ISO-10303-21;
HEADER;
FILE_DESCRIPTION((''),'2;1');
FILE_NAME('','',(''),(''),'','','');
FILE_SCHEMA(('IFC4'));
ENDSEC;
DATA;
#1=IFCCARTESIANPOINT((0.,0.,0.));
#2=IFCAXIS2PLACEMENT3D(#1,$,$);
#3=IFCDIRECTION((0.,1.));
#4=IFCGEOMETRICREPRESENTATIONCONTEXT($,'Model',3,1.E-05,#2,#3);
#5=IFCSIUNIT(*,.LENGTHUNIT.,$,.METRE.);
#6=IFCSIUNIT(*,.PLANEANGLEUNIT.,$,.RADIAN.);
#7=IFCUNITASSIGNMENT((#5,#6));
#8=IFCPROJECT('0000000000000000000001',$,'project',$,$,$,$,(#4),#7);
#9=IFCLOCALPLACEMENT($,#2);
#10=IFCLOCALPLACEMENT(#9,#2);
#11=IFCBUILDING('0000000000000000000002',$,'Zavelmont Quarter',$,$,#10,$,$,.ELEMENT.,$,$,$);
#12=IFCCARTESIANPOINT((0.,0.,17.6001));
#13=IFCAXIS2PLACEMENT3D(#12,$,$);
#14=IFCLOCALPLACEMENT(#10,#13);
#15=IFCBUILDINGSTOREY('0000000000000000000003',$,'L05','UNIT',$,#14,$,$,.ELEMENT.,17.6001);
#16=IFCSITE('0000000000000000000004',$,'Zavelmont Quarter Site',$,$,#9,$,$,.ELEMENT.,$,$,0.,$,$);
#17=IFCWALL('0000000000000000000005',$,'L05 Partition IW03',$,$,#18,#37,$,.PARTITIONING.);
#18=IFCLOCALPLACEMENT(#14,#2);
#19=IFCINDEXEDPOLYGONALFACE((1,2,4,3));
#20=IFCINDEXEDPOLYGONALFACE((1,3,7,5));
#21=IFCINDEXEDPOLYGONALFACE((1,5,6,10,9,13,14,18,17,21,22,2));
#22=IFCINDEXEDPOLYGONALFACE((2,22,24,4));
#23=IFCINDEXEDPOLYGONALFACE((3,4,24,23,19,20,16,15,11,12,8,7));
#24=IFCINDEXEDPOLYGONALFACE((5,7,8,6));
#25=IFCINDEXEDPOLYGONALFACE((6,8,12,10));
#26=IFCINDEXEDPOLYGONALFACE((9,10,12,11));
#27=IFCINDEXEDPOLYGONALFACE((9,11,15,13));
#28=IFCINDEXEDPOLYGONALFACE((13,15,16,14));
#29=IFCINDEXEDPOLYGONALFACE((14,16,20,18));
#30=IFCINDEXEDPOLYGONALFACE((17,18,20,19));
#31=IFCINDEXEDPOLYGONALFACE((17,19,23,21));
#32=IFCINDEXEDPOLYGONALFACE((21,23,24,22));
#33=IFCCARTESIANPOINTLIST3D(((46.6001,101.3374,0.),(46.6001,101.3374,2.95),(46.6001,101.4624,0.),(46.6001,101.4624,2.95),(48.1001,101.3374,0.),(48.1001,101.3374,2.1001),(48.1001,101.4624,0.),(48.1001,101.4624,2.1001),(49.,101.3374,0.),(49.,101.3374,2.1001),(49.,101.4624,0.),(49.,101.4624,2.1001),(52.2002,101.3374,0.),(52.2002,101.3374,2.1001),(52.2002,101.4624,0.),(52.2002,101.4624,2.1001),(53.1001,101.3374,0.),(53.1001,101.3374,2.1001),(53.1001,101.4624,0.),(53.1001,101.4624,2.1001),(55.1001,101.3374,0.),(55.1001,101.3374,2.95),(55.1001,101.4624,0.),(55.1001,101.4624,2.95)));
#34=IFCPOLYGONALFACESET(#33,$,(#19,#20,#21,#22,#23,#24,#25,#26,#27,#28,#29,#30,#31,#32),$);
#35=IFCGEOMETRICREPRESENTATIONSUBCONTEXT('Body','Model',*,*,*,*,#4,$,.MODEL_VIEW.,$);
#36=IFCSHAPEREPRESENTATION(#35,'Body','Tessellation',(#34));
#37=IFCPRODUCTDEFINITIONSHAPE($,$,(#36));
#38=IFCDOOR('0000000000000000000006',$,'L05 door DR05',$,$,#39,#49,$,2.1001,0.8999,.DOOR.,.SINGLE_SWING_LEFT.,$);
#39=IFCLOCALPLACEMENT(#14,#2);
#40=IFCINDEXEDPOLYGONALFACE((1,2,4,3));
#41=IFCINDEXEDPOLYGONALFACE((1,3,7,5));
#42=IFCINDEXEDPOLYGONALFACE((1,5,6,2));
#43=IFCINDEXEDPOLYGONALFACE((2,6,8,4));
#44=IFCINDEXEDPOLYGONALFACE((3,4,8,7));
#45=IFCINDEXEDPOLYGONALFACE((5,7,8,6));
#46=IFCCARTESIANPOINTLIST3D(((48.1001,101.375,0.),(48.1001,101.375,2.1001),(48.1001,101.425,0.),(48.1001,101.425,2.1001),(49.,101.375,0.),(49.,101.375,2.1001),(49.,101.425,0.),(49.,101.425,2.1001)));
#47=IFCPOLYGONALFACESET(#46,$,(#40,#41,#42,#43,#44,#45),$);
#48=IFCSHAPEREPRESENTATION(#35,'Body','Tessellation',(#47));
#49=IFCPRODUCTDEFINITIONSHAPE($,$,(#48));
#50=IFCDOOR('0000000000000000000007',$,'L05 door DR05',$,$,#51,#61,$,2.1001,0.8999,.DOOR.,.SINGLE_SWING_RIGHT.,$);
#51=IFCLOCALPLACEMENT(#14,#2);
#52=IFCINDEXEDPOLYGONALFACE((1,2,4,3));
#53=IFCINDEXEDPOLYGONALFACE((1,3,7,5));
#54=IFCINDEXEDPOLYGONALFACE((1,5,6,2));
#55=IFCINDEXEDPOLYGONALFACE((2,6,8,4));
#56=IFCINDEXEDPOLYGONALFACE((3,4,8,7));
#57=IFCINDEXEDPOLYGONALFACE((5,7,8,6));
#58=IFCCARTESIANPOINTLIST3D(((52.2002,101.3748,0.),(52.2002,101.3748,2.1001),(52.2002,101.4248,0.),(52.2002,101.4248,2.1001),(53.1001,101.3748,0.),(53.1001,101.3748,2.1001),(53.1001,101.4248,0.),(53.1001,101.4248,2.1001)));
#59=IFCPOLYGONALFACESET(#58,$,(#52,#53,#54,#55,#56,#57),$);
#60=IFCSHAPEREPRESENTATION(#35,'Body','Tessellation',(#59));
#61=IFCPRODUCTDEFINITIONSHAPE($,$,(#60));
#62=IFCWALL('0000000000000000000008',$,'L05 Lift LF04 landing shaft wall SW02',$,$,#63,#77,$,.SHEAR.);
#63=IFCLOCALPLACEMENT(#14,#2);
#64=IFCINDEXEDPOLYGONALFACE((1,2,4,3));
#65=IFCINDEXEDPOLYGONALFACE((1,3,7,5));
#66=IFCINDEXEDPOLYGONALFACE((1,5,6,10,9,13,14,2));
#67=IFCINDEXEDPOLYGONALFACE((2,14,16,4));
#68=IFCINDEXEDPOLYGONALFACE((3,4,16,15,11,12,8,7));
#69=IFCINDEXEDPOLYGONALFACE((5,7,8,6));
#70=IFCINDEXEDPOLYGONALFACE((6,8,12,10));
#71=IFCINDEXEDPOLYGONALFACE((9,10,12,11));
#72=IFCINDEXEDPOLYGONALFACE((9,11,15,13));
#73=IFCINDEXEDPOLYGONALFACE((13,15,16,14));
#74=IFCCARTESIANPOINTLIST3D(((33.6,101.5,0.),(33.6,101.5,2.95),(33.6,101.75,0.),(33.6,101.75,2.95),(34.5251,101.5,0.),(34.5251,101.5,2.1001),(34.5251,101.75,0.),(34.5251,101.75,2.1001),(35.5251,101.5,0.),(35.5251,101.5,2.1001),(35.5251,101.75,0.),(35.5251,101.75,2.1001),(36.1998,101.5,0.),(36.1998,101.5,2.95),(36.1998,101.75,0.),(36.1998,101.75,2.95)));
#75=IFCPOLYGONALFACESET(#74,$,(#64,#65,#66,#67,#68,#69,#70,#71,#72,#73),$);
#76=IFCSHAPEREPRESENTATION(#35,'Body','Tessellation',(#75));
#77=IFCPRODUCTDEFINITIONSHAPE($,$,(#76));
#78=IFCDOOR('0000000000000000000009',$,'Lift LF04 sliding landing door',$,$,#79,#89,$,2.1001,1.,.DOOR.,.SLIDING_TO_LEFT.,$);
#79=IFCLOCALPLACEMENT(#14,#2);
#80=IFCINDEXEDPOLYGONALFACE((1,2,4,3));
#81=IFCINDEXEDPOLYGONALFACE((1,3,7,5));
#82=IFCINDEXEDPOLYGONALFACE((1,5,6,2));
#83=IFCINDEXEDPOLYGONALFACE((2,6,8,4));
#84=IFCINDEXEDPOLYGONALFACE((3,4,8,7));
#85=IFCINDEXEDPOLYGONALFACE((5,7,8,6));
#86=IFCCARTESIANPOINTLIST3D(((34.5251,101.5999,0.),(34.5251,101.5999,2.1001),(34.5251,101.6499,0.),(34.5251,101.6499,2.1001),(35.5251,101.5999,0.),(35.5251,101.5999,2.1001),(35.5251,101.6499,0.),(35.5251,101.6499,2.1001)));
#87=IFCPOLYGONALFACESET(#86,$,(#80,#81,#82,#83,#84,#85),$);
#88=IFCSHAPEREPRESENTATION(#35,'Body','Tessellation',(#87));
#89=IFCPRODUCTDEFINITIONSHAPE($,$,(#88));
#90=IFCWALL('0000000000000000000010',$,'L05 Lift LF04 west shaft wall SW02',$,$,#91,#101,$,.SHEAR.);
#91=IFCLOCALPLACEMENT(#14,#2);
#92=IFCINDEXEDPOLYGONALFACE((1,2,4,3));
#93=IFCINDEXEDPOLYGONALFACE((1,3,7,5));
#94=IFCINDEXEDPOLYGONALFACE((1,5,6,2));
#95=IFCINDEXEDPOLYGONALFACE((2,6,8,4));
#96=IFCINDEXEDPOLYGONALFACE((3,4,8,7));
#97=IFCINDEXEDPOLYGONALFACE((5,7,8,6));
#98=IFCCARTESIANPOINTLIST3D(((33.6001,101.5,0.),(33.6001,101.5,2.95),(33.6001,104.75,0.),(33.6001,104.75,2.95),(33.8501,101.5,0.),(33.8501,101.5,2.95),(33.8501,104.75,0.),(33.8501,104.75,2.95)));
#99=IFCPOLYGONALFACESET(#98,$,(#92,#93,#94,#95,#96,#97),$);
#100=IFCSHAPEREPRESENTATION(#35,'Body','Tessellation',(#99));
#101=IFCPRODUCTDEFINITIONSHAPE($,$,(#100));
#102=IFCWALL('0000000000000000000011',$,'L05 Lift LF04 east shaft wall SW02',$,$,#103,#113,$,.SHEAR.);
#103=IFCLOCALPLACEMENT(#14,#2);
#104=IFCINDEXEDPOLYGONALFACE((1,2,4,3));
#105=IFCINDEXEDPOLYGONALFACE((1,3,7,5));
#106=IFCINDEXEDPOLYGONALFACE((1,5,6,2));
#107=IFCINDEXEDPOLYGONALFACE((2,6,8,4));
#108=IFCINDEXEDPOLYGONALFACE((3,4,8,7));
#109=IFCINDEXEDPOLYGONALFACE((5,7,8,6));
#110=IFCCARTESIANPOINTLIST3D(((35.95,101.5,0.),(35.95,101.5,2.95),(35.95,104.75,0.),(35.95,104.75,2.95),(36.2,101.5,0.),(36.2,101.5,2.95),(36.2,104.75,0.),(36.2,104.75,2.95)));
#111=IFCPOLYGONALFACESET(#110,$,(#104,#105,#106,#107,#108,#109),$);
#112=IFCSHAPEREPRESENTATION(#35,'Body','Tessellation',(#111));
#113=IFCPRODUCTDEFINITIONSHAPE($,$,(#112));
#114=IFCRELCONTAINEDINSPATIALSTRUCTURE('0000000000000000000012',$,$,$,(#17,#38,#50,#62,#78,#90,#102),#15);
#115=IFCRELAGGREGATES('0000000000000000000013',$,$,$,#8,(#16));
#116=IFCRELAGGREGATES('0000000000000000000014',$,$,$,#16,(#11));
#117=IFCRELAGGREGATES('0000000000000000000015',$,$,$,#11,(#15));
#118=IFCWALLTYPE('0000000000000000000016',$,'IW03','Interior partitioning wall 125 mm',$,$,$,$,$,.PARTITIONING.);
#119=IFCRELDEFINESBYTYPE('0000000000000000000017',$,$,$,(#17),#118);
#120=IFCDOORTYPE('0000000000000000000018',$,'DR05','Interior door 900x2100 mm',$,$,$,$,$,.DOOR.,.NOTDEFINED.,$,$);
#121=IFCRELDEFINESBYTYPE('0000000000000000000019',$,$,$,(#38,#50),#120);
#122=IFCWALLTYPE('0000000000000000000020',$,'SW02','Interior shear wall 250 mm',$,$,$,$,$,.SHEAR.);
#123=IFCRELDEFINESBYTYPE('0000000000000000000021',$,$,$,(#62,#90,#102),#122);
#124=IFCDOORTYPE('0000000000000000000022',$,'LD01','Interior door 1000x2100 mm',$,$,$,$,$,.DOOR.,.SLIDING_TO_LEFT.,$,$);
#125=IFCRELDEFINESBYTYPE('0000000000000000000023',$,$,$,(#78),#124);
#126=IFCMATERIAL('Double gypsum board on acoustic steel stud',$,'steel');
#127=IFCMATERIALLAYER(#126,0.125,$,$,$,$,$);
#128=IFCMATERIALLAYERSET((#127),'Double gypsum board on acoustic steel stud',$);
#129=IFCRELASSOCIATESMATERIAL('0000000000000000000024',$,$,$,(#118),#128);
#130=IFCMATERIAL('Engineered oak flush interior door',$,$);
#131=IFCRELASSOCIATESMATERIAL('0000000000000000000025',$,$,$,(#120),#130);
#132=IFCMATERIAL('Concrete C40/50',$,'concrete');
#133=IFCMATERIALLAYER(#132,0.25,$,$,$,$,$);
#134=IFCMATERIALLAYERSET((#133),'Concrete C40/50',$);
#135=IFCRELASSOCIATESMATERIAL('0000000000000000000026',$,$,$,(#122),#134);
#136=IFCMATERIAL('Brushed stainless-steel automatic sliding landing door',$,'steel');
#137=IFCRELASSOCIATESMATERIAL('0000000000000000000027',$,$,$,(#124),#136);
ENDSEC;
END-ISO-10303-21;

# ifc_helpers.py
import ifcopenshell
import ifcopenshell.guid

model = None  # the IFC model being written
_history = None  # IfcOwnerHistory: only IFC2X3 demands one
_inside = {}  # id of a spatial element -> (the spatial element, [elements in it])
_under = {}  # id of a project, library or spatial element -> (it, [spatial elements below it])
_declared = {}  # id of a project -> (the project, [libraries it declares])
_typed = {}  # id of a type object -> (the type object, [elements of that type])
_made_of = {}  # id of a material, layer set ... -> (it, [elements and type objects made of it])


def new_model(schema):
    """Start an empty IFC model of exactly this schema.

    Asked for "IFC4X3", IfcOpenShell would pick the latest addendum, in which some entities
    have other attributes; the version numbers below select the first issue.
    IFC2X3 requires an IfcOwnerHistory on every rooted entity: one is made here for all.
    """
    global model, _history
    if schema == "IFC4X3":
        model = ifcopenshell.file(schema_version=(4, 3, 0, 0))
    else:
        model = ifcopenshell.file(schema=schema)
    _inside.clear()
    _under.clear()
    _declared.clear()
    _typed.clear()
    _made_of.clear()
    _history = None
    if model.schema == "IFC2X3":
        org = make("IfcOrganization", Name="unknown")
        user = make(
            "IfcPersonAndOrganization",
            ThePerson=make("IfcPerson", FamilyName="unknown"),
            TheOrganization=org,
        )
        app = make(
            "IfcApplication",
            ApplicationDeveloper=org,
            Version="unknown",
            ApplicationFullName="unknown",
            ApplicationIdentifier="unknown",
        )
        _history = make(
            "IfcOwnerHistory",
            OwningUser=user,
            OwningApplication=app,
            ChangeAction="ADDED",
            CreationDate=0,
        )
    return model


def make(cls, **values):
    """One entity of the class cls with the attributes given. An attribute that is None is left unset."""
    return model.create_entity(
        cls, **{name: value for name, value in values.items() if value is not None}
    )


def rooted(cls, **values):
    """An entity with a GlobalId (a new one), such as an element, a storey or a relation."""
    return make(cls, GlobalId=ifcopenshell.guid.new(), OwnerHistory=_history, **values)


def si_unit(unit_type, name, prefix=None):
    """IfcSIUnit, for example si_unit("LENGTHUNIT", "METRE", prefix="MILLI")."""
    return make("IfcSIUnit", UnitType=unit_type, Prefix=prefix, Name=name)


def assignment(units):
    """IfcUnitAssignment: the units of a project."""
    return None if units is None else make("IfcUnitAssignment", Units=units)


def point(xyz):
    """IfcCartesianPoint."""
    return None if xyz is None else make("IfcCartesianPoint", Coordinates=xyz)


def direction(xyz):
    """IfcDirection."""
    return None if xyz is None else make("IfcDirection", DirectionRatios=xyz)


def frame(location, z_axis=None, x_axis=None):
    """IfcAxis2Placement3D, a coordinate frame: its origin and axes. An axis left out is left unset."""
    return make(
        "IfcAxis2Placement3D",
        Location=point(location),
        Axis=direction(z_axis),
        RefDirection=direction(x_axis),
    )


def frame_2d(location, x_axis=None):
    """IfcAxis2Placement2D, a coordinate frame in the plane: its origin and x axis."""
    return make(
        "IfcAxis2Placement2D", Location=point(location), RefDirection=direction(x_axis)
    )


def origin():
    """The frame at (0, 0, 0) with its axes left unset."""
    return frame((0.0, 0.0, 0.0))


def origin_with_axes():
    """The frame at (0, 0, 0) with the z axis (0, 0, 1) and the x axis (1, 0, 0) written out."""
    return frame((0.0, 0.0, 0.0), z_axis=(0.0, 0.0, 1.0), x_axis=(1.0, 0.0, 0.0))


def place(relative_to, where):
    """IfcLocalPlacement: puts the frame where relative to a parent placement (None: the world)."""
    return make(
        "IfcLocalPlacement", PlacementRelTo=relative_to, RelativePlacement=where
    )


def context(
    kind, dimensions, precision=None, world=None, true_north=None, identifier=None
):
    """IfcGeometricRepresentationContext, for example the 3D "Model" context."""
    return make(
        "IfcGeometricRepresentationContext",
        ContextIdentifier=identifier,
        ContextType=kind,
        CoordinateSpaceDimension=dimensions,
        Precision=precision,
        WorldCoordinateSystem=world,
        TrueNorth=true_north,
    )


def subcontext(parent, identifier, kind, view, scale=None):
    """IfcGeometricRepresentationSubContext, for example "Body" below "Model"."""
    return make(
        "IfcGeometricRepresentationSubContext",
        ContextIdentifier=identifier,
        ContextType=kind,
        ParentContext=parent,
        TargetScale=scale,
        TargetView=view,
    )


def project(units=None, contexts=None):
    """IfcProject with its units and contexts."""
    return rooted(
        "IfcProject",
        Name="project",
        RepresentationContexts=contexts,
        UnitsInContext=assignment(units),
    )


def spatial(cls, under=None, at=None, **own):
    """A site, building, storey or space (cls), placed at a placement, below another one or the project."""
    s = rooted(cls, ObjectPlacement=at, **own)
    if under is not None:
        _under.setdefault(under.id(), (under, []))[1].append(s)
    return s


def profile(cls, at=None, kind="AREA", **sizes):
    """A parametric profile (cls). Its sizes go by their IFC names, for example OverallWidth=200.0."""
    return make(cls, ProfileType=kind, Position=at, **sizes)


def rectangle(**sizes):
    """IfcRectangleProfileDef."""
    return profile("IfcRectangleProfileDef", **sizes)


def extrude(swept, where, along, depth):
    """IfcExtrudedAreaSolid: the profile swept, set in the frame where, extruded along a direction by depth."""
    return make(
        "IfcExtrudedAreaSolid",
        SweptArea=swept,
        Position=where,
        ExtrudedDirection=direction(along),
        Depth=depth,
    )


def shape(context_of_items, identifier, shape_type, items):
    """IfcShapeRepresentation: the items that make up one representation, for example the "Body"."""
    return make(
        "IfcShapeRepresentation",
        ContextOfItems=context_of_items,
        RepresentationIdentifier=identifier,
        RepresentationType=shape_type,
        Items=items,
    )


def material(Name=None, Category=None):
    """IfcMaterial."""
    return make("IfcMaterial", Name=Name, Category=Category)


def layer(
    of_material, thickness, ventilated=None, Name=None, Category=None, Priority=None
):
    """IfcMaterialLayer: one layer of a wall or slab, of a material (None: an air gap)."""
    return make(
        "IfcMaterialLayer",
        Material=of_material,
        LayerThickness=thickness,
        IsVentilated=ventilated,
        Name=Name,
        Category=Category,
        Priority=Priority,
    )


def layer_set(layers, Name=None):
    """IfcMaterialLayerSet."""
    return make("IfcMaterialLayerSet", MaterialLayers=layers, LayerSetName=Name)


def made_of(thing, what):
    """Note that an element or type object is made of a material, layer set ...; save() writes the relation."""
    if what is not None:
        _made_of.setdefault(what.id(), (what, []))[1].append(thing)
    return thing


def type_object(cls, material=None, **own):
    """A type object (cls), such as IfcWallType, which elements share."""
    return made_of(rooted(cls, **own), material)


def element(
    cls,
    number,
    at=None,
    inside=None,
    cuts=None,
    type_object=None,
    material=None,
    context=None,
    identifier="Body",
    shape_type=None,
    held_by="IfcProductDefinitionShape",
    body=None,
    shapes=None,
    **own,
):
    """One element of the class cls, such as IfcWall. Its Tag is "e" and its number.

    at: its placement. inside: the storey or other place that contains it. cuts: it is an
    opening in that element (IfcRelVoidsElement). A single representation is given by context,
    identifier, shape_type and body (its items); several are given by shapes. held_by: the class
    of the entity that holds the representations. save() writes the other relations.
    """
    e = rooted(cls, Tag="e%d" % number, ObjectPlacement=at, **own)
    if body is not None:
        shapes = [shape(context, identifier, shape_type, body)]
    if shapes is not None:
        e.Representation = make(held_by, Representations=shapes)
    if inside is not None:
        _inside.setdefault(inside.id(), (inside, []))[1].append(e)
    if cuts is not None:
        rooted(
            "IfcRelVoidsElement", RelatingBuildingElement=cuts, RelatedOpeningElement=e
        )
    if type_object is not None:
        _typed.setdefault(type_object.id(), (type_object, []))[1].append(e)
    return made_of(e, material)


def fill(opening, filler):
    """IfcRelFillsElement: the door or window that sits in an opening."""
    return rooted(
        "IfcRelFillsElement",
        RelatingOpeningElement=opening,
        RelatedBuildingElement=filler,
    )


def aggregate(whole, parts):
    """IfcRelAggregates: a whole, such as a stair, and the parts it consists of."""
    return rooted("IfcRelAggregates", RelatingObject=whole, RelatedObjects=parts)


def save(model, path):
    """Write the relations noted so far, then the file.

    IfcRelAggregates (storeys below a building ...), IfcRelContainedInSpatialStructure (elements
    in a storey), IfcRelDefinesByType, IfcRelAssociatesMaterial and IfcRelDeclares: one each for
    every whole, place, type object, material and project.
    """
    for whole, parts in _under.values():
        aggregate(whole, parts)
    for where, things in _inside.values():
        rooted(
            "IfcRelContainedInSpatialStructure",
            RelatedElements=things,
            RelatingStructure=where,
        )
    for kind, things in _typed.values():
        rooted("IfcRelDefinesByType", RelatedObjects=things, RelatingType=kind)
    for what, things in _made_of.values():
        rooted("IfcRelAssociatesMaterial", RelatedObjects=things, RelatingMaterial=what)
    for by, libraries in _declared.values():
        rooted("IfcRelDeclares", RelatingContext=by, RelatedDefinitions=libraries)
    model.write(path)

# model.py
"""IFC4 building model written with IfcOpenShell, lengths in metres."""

from ifc_helpers import new_model, si_unit, direction, frame, frame_2d, origin, origin_with_axes, place, context, subcontext, project, spatial, rectangle, extrude, material, layer, layer_set, type_object, element, fill, save


model = new_model("IFC4")

# Units and contexts
model_context = context("Model", 3, precision=1e-05, world=origin(), true_north=direction((0.0, 1.0)))
body_context = subcontext(model_context, "Body", "Model", "MODEL_VIEW")
ifc_project = project(units=[si_unit("LENGTHUNIT", "METRE"), si_unit("PLANEANGLEUNIT", "RADIAN")], contexts=[model_context])

# Site, building, storey
site_placement = place(None, origin())
site = spatial("IfcSite", under=ifc_project, at=site_placement, Name="Zavelmont Quarter Site", CompositionType="ELEMENT", RefElevation=0.0)
building_placement = place(site_placement, origin())
building = spatial("IfcBuilding", under=site, at=building_placement, Name="Zavelmont Quarter", CompositionType="ELEMENT")
storey_placement = place(building_placement, frame((0.0, 0.0, 17.6001)))
storey = spatial("IfcBuildingStorey", under=building, at=storey_placement, Name="L05", Description="UNIT", CompositionType="ELEMENT", Elevation=17.6001)

# Wall, openings, doors
ifc_material_1 = material(Name="Double gypsum board on acoustic steel stud", Category="steel")
ifc_layer_1 = layer(ifc_material_1, 0.125)
ifc_layer_set_1 = layer_set([ifc_layer_1], Name="Double gypsum board on acoustic steel stud")
wall_type_1 = type_object("IfcWallType", Name="IW03", Description="Interior partitioning wall 125 mm", PredefinedType="PARTITIONING", material=ifc_layer_set_1)
wall_1_placement = place(storey_placement, frame((46.6001, 101.3999, 0.0), z_axis=(0.0, 0.0, 1.0), x_axis=(1.0, 0.0, 0.0)))
wall_1 = element("IfcWall", 1, at=wall_1_placement, inside=storey, type_object=wall_type_1, Name="L05 Partition IW03", PredefinedType="PARTITIONING", context=body_context, shape_type="SweptSolid", body=[
    extrude(rectangle(XDim=8.5, YDim=0.125, at=frame_2d((4.25, 0.0))), origin(), (0.0, 0.0, 1.0), 2.95),
])
opening_1_placement = place(wall_1_placement, frame((1.5, 0.0, 0.0)))
opening_1 = element("IfcOpeningElement", 2, at=opening_1_placement, cuts=wall_1, PredefinedType="OPENING", context=body_context, shape_type="SweptSolid", body=[
    extrude(rectangle(XDim=0.8999, YDim=2.1001, at=frame_2d((0.45, 1.05))), frame((0.0, 0.0745, 0.0), z_axis=(0.0, -1.0, 0.0), x_axis=(1.0, 0.0, 0.0)), (0.0, 0.0, 1.0), 0.1489),
])
opening_2_placement = place(wall_1_placement, frame((5.6001, 0.0, 0.0)))
opening_2 = element("IfcOpeningElement", 3, at=opening_2_placement, cuts=wall_1, PredefinedType="OPENING", context=body_context, shape_type="SweptSolid", body=[
    extrude(rectangle(XDim=0.8999, YDim=2.1001, at=frame_2d((0.45, 1.05))), frame((0.0, 0.0745, 0.0), z_axis=(0.0, -1.0, 0.0), x_axis=(1.0, 0.0, 0.0)), (0.0, 0.0, 1.0), 0.1489),
])
ifc_material_2 = material(Name="Engineered oak flush interior door")
door_type_1 = type_object("IfcDoorType", Name="DR05", Description="Interior door 900x2100 mm", OperationType="NOTDEFINED", PredefinedType="DOOR", material=ifc_material_2)
door_1_placement = place(opening_1_placement, frame((0.8999, 0.0, 0.0), z_axis=(0.0, 0.0, 1.0), x_axis=(-1.0, 0.0, 0.0)))
door_1 = element("IfcDoor", 4, at=door_1_placement, inside=storey, type_object=door_type_1, Name="L05 door DR05", OperationType="SINGLE_SWING_LEFT", OverallHeight=2.1001, OverallWidth=0.8999, PredefinedType="DOOR", context=body_context, shape_type="SweptSolid", body=[
    extrude(rectangle(XDim=0.8999, YDim=2.1001, at=frame_2d((0.45, 1.05))), frame((0.0, 0.0249, 0.0), z_axis=(0.0, -1.0, 0.0), x_axis=(1.0, 0.0, 0.0)), (0.0, 0.0, 1.0), 0.05),
])
fill(opening_1, door_1)
door_2_placement = place(opening_2_placement, origin_with_axes())
door_2 = element("IfcDoor", 5, at=door_2_placement, inside=storey, type_object=door_type_1, Name="L05 door DR05", OperationType="SINGLE_SWING_RIGHT", OverallHeight=2.1001, OverallWidth=0.8999, PredefinedType="DOOR", context=body_context, shape_type="SweptSolid", body=[
    extrude(rectangle(XDim=0.8999, YDim=2.1001, at=frame_2d((0.45, 1.05))), frame((0.0, 0.0249, 0.0), z_axis=(0.0, -1.0, 0.0), x_axis=(1.0, 0.0, 0.0)), (0.0, 0.0, 1.0), 0.05),
])
fill(opening_2, door_2)

# Wall, opening, door
ifc_material_3 = material(Name="Concrete C40/50", Category="concrete")
ifc_layer_2 = layer(ifc_material_3, 0.25)
ifc_layer_set_2 = layer_set([ifc_layer_2], Name="Concrete C40/50")
wall_type_2 = type_object("IfcWallType", Name="SW02", Description="Interior shear wall 250 mm", PredefinedType="SHEAR", material=ifc_layer_set_2)
wall_2_placement = place(storey_placement, frame((33.6001, 101.625, 0.0), z_axis=(0.0, 0.0, 1.0), x_axis=(1.0, 0.0, 0.0)))
wall_2 = element("IfcWall", 6, at=wall_2_placement, inside=storey, type_object=wall_type_2, Name="L05 Lift LF04 landing shaft wall SW02", PredefinedType="SHEAR", context=body_context, shape_type="SweptSolid", body=[
    extrude(rectangle(XDim=2.5999, YDim=0.25, at=frame_2d((1.2998, 0.0))), origin(), (0.0, 0.0, 1.0), 2.95),
])
opening_3_placement = place(wall_2_placement, frame((0.925, 0.0, 0.0)))
opening_3 = element("IfcOpeningElement", 7, at=opening_3_placement, cuts=wall_2, PredefinedType="OPENING", context=body_context, shape_type="SweptSolid", body=[
    extrude(rectangle(XDim=1.0, YDim=2.1001, at=frame_2d((0.5, 1.05))), frame((0.0, 0.137, 0.0), z_axis=(0.0, -1.0, 0.0), x_axis=(1.0, 0.0, 0.0)), (0.0, 0.0, 1.0), 0.2739),
])
ifc_material_4 = material(Name="Brushed stainless-steel automatic sliding landing door", Category="steel")
door_type_2 = type_object("IfcDoorType", Name="LD01", Description="Interior door 1000x2100 mm", OperationType="SLIDING_TO_LEFT", PredefinedType="DOOR", material=ifc_material_4)
door_3_placement = place(opening_3_placement, origin_with_axes())
door_3 = element("IfcDoor", 8, at=door_3_placement, inside=storey, type_object=door_type_2, Name="Lift LF04 sliding landing door", OperationType="SLIDING_TO_LEFT", OverallHeight=2.1001, OverallWidth=1.0, PredefinedType="DOOR", context=body_context, shape_type="SweptSolid", body=[
    extrude(rectangle(XDim=1.0, YDim=2.1001, at=frame_2d((0.5, 1.05))), frame((0.0, 0.0249, 0.0), z_axis=(0.0, -1.0, 0.0), x_axis=(1.0, 0.0, 0.0)), (0.0, 0.0, 1.0), 0.05),
])
fill(opening_3, door_3)

# Walls
for number, where, z_axis, x_axis, name in (
    (9, (33.7251, 101.5, 0.0), (0.0, 0.0, 1.0), (0.0, 1.0, 0.0), "L05 Lift LF04 west shaft wall SW02"),
    (10, (36.075, 101.5, 0.0), (0.0, 0.0, 1.0), (0.0, 1.0, 0.0), "L05 Lift LF04 east shaft wall SW02"),
):
    element("IfcWall", number, at=place(storey_placement, frame(where, z_axis=z_axis, x_axis=x_axis)), inside=storey, type_object=wall_type_2, Name=name, PredefinedType="SHEAR", context=body_context, shape_type="SweptSolid", body=[
        extrude(rectangle(XDim=3.25, YDim=0.25, at=frame_2d((1.625, 0.0))), origin(), (0.0, 0.0, 1.0), 2.95),
    ])

save(model, "model.ifc")
